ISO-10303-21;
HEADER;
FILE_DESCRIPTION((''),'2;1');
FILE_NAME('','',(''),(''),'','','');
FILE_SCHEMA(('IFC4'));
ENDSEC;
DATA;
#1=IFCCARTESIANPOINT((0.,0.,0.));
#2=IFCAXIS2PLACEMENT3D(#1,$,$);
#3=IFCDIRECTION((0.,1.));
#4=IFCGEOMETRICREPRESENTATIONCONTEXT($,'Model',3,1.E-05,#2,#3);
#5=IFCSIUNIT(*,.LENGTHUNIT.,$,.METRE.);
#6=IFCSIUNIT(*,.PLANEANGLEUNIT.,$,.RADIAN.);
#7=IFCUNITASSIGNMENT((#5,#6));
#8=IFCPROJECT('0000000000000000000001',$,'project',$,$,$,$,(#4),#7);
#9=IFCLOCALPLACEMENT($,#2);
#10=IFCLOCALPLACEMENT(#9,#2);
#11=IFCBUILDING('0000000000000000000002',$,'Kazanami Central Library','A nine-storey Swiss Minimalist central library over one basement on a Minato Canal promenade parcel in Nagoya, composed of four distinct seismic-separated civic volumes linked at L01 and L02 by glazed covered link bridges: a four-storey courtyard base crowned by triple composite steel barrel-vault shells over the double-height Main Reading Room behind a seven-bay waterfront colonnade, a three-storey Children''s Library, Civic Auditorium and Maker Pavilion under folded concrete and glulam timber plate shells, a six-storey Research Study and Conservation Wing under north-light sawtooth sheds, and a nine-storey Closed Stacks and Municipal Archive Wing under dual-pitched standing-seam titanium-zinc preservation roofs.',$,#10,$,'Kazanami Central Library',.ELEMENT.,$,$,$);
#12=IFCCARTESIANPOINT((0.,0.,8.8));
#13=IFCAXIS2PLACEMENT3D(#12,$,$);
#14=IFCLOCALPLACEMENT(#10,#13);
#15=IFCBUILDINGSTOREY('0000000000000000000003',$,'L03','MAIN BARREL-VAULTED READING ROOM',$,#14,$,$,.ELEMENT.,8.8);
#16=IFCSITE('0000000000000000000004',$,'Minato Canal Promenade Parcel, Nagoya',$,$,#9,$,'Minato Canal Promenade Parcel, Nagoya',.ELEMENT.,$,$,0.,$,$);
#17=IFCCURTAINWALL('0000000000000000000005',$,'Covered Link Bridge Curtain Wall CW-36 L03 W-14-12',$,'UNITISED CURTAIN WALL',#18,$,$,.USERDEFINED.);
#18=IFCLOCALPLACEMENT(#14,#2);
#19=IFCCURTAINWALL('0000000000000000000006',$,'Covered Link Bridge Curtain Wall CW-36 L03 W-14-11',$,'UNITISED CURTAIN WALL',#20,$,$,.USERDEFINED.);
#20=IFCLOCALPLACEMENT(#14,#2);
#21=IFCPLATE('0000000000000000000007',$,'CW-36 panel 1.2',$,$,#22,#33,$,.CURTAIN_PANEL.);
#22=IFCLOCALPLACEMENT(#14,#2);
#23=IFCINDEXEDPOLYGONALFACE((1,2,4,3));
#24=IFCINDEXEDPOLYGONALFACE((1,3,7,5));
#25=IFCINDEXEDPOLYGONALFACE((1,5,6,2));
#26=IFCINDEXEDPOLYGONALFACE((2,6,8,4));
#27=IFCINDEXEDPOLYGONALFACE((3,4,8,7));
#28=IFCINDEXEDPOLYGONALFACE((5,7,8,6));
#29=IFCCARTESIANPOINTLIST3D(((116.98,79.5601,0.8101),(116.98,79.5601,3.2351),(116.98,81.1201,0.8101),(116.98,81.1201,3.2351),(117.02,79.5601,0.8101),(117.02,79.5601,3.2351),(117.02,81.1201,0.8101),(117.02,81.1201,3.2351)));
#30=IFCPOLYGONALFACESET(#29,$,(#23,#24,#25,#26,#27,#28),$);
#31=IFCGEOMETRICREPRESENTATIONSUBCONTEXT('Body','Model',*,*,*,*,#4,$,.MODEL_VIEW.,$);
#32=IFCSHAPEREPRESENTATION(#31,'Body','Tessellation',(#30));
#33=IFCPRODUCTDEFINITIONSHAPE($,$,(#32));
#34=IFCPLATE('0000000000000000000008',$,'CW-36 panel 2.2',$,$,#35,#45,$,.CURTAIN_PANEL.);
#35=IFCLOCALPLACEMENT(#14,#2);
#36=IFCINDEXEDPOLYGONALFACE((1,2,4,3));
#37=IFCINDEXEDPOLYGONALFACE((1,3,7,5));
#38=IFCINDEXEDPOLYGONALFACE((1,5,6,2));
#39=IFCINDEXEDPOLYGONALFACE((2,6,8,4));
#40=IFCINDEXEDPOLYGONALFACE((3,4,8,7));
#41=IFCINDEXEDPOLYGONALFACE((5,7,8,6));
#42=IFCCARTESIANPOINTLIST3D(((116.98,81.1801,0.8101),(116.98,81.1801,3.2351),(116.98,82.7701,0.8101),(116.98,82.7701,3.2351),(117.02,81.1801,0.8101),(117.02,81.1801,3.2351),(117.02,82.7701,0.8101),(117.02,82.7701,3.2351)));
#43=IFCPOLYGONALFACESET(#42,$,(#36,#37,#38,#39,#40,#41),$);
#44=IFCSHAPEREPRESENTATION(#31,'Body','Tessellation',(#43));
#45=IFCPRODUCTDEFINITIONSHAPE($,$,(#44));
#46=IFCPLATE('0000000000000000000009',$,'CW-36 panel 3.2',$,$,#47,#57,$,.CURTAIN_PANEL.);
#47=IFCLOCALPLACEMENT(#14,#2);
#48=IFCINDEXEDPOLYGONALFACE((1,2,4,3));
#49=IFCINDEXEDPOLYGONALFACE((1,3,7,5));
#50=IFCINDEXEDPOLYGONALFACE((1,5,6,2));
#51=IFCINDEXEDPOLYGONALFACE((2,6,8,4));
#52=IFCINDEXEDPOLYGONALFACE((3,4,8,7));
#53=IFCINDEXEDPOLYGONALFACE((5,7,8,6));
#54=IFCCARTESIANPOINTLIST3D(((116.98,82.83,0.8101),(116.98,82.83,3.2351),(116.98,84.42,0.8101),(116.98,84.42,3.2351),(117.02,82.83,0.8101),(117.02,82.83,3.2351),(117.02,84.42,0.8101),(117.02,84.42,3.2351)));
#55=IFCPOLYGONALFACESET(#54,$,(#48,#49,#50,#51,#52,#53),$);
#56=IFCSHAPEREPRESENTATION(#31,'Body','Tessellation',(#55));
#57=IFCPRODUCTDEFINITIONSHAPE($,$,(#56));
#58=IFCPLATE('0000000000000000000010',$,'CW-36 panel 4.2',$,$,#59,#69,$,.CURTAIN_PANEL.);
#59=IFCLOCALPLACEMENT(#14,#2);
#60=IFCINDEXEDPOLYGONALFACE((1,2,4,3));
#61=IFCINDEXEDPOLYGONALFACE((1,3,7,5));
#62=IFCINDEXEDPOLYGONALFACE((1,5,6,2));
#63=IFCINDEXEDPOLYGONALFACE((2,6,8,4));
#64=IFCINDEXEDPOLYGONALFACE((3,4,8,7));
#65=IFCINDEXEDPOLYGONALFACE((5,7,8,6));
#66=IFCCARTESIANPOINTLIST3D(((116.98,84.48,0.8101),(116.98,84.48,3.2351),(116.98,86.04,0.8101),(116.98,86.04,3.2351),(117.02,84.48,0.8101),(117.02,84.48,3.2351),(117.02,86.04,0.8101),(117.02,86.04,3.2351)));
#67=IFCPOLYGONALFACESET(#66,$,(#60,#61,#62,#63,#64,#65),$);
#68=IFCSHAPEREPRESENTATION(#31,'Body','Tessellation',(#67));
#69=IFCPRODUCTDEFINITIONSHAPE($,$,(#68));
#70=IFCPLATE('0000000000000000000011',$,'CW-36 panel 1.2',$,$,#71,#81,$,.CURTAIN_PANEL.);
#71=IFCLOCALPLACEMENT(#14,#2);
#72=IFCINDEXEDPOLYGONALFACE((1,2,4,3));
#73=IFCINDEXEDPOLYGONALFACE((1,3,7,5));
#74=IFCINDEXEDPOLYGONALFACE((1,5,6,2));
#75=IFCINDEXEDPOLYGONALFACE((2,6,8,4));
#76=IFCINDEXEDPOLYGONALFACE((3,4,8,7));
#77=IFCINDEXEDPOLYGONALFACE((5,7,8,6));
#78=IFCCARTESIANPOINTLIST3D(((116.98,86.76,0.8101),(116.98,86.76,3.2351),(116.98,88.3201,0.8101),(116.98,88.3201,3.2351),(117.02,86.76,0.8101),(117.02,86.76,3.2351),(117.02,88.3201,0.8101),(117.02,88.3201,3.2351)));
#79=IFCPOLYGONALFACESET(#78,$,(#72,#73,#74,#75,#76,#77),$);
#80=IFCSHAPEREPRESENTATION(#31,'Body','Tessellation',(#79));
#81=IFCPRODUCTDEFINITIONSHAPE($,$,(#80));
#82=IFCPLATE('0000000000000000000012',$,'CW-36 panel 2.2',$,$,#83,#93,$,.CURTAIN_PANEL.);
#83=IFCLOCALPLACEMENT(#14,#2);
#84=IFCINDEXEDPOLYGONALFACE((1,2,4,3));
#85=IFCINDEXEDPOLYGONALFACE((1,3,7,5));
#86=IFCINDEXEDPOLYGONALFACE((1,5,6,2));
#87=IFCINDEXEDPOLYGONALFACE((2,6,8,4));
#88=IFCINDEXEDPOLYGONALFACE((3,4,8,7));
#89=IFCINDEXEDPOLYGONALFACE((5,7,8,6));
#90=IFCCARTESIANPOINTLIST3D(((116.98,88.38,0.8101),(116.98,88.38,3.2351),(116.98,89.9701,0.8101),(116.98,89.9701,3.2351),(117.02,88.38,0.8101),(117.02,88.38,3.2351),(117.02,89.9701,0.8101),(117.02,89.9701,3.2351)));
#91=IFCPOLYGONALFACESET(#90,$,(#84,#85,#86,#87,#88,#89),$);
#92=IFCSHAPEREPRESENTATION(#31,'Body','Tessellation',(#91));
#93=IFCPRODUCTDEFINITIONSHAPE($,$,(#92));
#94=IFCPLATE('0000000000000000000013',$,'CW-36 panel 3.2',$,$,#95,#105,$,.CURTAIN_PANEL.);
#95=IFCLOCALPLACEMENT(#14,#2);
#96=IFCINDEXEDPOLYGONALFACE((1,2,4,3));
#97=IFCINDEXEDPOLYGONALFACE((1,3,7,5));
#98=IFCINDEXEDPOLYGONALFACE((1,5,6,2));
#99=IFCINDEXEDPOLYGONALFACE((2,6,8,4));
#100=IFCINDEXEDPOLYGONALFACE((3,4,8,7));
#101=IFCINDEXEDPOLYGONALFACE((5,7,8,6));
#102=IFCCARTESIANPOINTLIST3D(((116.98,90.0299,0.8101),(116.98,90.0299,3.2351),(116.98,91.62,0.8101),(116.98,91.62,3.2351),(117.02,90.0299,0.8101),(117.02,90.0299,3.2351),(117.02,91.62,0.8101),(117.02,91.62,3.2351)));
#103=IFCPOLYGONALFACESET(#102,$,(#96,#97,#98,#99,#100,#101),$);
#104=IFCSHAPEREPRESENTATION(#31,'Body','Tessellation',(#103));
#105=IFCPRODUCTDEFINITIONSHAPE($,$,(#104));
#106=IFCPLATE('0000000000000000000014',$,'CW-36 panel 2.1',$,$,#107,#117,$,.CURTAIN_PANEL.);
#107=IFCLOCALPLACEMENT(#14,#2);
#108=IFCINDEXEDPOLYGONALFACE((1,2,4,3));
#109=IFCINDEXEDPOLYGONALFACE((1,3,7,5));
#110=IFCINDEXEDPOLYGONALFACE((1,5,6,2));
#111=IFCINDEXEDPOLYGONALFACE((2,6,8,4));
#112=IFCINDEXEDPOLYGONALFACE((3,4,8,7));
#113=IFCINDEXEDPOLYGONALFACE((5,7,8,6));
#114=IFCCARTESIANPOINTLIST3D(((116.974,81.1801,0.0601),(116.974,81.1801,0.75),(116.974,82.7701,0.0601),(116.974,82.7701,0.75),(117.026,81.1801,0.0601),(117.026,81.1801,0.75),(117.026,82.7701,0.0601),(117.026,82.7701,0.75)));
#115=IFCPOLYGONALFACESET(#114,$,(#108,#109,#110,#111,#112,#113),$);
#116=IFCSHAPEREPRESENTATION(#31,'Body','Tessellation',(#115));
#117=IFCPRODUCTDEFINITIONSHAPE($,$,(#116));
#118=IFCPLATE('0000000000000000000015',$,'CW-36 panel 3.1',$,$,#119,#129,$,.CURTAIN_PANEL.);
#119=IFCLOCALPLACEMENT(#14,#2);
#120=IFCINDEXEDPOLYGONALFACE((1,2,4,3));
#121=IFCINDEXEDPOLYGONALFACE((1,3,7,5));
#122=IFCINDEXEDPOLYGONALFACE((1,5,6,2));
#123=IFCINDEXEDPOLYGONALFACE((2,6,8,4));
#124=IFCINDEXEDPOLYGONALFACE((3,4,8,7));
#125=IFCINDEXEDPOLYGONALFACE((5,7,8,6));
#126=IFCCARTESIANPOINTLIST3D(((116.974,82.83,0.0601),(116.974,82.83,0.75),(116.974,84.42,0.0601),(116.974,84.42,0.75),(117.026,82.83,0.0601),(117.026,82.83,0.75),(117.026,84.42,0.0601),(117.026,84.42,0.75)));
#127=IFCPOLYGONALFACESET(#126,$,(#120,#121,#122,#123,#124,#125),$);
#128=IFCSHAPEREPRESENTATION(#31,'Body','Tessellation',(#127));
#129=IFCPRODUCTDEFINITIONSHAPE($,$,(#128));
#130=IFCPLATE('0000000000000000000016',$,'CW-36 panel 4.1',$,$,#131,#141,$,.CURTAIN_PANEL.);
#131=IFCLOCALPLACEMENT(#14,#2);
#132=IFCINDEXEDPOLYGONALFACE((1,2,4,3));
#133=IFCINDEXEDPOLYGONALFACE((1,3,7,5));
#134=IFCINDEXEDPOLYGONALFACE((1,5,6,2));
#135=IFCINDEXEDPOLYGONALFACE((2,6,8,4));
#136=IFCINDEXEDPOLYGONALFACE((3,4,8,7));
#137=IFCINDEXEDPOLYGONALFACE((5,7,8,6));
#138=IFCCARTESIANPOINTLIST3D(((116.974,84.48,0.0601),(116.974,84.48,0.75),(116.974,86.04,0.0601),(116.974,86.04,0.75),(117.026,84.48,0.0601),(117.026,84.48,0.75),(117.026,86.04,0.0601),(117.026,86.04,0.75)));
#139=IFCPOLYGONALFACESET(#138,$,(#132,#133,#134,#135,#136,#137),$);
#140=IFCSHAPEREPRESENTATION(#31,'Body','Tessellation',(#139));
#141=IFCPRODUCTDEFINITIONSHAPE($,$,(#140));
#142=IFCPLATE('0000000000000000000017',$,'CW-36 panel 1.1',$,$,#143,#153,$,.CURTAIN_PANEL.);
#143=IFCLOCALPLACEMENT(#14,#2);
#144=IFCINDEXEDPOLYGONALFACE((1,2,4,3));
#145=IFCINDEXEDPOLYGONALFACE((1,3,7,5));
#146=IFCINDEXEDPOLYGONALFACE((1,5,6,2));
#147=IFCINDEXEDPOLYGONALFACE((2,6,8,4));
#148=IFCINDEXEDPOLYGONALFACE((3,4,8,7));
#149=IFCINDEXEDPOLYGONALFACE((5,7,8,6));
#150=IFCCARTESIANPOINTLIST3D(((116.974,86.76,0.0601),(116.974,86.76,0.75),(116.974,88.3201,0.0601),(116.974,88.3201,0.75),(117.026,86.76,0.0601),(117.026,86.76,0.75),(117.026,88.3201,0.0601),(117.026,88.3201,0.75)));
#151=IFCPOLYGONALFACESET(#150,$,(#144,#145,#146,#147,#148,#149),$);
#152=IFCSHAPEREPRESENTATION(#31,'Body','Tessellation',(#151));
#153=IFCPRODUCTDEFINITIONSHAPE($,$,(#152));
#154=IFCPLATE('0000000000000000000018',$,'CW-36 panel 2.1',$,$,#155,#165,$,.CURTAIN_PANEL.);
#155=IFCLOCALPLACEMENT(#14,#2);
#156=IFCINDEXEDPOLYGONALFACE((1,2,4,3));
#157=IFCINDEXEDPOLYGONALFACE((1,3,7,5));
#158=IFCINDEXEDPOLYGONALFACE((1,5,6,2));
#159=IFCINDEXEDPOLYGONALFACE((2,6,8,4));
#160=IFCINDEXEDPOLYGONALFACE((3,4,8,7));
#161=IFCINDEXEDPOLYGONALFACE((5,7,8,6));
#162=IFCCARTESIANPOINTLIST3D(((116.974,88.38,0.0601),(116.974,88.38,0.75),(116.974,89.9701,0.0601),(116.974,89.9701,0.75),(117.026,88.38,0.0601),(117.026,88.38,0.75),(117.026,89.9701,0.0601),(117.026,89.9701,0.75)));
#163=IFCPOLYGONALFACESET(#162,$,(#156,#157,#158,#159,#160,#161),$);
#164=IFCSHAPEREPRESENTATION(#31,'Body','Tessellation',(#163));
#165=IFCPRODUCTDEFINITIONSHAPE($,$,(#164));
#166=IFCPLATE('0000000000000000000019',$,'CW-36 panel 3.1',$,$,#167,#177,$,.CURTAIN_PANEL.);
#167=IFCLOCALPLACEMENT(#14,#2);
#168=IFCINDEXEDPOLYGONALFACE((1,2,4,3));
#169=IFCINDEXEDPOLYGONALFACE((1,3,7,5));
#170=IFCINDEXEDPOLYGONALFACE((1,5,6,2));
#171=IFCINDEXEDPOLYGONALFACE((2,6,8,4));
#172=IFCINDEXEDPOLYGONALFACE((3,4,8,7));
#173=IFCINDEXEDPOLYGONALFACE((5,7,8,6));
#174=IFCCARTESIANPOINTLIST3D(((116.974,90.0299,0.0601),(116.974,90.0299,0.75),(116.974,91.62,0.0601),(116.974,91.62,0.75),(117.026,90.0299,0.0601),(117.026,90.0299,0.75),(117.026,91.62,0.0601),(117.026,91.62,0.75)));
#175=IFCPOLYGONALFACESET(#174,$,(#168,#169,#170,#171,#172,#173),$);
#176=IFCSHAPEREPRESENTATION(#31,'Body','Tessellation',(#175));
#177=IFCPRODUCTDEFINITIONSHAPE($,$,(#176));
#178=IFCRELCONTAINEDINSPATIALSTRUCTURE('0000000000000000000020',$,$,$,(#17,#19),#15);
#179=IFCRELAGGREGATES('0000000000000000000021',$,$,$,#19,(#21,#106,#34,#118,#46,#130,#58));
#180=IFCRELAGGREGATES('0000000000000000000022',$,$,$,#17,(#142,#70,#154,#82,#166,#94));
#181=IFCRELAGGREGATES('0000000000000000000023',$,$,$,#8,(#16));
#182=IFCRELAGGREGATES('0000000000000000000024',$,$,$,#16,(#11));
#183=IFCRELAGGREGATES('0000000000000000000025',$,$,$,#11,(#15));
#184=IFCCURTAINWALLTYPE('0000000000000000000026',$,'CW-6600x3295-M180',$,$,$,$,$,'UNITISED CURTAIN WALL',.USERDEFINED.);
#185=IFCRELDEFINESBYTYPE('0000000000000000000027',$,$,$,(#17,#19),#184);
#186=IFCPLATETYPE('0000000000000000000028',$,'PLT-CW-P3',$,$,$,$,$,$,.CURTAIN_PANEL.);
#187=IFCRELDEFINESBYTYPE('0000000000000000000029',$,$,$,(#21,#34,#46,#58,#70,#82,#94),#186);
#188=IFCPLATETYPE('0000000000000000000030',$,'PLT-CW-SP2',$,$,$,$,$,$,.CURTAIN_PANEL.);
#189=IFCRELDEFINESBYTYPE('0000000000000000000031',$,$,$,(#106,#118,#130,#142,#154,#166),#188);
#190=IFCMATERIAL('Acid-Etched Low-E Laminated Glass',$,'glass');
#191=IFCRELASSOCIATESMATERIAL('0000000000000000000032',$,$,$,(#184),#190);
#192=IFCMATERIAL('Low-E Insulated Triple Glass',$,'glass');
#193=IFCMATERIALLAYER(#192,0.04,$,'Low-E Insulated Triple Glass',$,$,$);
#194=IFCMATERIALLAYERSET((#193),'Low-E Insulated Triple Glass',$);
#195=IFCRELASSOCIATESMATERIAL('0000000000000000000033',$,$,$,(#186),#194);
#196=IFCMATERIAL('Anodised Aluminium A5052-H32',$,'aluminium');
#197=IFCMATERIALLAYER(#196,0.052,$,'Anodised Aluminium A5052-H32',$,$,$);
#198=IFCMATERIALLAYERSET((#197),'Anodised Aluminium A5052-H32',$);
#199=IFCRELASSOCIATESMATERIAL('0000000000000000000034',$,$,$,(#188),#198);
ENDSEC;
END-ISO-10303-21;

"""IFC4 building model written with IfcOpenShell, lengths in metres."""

from ifc_helpers import new_model, si_unit, direction, frame, origin, origin_2d, place, context, subcontext, project, spatial, rectangle, extrude, material, layer, layer_set, type_object, element, aggregate, save


model = new_model("IFC4")

# Units and contexts
model_context = context("Model", 3, precision=1e-05, world=origin(), true_north=direction((0.0, 1.0)))
body_context = subcontext(model_context, "Body", "Model", "MODEL_VIEW")
ifc_project = project(units=[si_unit("LENGTHUNIT", "METRE"), si_unit("PLANEANGLEUNIT", "RADIAN")], contexts=[model_context])

# Site, building, storey
site_placement = place(None, origin())
site = spatial("IfcSite", under=ifc_project, at=site_placement, Name="Minato Canal Promenade Parcel, Nagoya", LongName="Minato Canal Promenade Parcel, Nagoya", CompositionType="ELEMENT", RefElevation=0.0)
building_placement = place(site_placement, origin())
building = spatial("IfcBuilding", under=site, at=building_placement, Name="Kazanami Central Library", Description="A nine-storey Swiss Minimalist central library over one basement on a Minato Canal promenade parcel in Nagoya, composed of four distinct seismic-separated civic volumes linked at L01 and L02 by glazed covered link bridges: a four-storey courtyard base crowned by triple composite steel barrel-vault shells over the double-height Main Reading Room behind a seven-bay waterfront colonnade, a three-storey Children's Library, Civic Auditorium and Maker Pavilion under folded concrete and glulam timber plate shells, a six-storey Research Study and Conservation Wing under north-light sawtooth sheds, and a nine-storey Closed Stacks and Municipal Archive Wing under dual-pitched standing-seam titanium-zinc preservation roofs.", LongName="Kazanami Central Library", CompositionType="ELEMENT")
storey_placement = place(building_placement, frame((0.0, 0.0, 8.8)))
storey = spatial("IfcBuildingStorey", under=building, at=storey_placement, Name="L03", Description="MAIN BARREL-VAULTED READING ROOM", CompositionType="ELEMENT", Elevation=8.8)

# Curtain walls
ifc_material_1 = material(Name="Acid-Etched Low-E Laminated Glass", Category="glass")
curtain_wall_type = type_object("IfcCurtainWallType", Name="CW-6600x3295-M180", ElementType="UNITISED CURTAIN WALL", PredefinedType="USERDEFINED", material=ifc_material_1)
curtain_wall_1_placement = place(storey_placement, origin())
curtain_wall_1 = element("IfcCurtainWall", 1, at=curtain_wall_1_placement, inside=storey, type_object=curtain_wall_type, Name="Covered Link Bridge Curtain Wall CW-36 L03 W-14-12", ObjectType="UNITISED CURTAIN WALL", PredefinedType="USERDEFINED")
curtain_wall_2_placement = place(storey_placement, origin())
curtain_wall_2 = element("IfcCurtainWall", 2, at=curtain_wall_2_placement, inside=storey, type_object=curtain_wall_type, Name="Covered Link Bridge Curtain Wall CW-36 L03 W-14-11", ObjectType="UNITISED CURTAIN WALL", PredefinedType="USERDEFINED")

# Plates
ifc_material_2 = material(Name="Low-E Insulated Triple Glass", Category="glass")
ifc_layer_1 = layer(ifc_material_2, 0.04, Name="Low-E Insulated Triple Glass")
ifc_layer_set_1 = layer_set([ifc_layer_1], Name="Low-E Insulated Triple Glass")
plate_type_1 = type_object("IfcPlateType", Name="PLT-CW-P3", PredefinedType="CURTAIN_PANEL", material=ifc_layer_set_1)
plate_1_placement = place(storey_placement, frame((117.0, 80.3401, 0.8101), z_axis=(0.0, 0.0, 1.0), x_axis=(0.0, 1.0, 0.0)))
plate_1 = element("IfcPlate", 3, at=plate_1_placement, type_object=plate_type_1, Name="CW-36 panel 1.2", PredefinedType="CURTAIN_PANEL", context=body_context, shape_type="SweptSolid", body=[
    extrude(rectangle(XDim=1.5601, YDim=0.04, at=origin_2d()), origin(), (0.0, 0.0, 1.0), 2.425),
])
plate_2_placement = place(storey_placement, frame((117.0, 81.9751, 0.8101), z_axis=(0.0, 0.0, 1.0), x_axis=(0.0, 1.0, 0.0)))
plate_2 = element("IfcPlate", 4, at=plate_2_placement, type_object=plate_type_1, Name="CW-36 panel 2.2", PredefinedType="CURTAIN_PANEL", context=body_context, shape_type="SweptSolid", body=[
    extrude(rectangle(XDim=1.5901, YDim=0.04, at=origin_2d()), origin(), (0.0, 0.0, 1.0), 2.425),
])
plate_3_placement = place(storey_placement, frame((117.0, 83.625, 0.8101), z_axis=(0.0, 0.0, 1.0), x_axis=(0.0, 1.0, 0.0)))
plate_3 = element("IfcPlate", 5, at=plate_3_placement, type_object=plate_type_1, Name="CW-36 panel 3.2", PredefinedType="CURTAIN_PANEL", context=body_context, shape_type="SweptSolid", body=[
    extrude(rectangle(XDim=1.5901, YDim=0.04, at=origin_2d()), origin(), (0.0, 0.0, 1.0), 2.425),
])
plate_4_placement = place(storey_placement, frame((117.0, 85.26, 0.8101), z_axis=(0.0, 0.0, 1.0), x_axis=(0.0, 1.0, 0.0)))
plate_4 = element("IfcPlate", 6, at=plate_4_placement, type_object=plate_type_1, Name="CW-36 panel 4.2", PredefinedType="CURTAIN_PANEL", context=body_context, shape_type="SweptSolid", body=[
    extrude(rectangle(XDim=1.5601, YDim=0.04, at=origin_2d()), origin(), (0.0, 0.0, 1.0), 2.425),
])
plate_5_placement = place(storey_placement, frame((117.0, 87.54, 0.8101), z_axis=(0.0, 0.0, 1.0), x_axis=(0.0, 1.0, 0.0)))
plate_5 = element("IfcPlate", 7, at=plate_5_placement, type_object=plate_type_1, Name="CW-36 panel 1.2", PredefinedType="CURTAIN_PANEL", context=body_context, shape_type="SweptSolid", body=[
    extrude(rectangle(XDim=1.5601, YDim=0.04, at=origin_2d()), origin(), (0.0, 0.0, 1.0), 2.425),
])
plate_6_placement = place(storey_placement, frame((117.0, 89.175, 0.8101), z_axis=(0.0, 0.0, 1.0), x_axis=(0.0, 1.0, 0.0)))
plate_6 = element("IfcPlate", 8, at=plate_6_placement, type_object=plate_type_1, Name="CW-36 panel 2.2", PredefinedType="CURTAIN_PANEL", context=body_context, shape_type="SweptSolid", body=[
    extrude(rectangle(XDim=1.5901, YDim=0.04, at=origin_2d()), origin(), (0.0, 0.0, 1.0), 2.425),
])
plate_7_placement = place(storey_placement, frame((117.0, 90.825, 0.8101), z_axis=(0.0, 0.0, 1.0), x_axis=(0.0, 1.0, 0.0)))
plate_7 = element("IfcPlate", 9, at=plate_7_placement, type_object=plate_type_1, Name="CW-36 panel 3.2", PredefinedType="CURTAIN_PANEL", context=body_context, shape_type="SweptSolid", body=[
    extrude(rectangle(XDim=1.5901, YDim=0.04, at=origin_2d()), origin(), (0.0, 0.0, 1.0), 2.425),
])
ifc_material_3 = material(Name="Anodised Aluminium A5052-H32", Category="aluminium")
ifc_layer_2 = layer(ifc_material_3, 0.052, Name="Anodised Aluminium A5052-H32")
ifc_layer_set_2 = layer_set([ifc_layer_2], Name="Anodised Aluminium A5052-H32")
plate_type_2 = type_object("IfcPlateType", Name="PLT-CW-SP2", PredefinedType="CURTAIN_PANEL", material=ifc_layer_set_2)
plate_8_placement = place(storey_placement, frame((117.0, 81.9751, 0.0601), z_axis=(0.0, 0.0, 1.0), x_axis=(0.0, 1.0, 0.0)))
plate_8 = element("IfcPlate", 10, at=plate_8_placement, type_object=plate_type_2, Name="CW-36 panel 2.1", PredefinedType="CURTAIN_PANEL", context=body_context, shape_type="SweptSolid", body=[
    extrude(rectangle(XDim=1.5901, YDim=0.052, at=origin_2d()), origin(), (0.0, 0.0, 1.0), 0.6899),
])
plate_9_placement = place(storey_placement, frame((117.0, 83.625, 0.0601), z_axis=(0.0, 0.0, 1.0), x_axis=(0.0, 1.0, 0.0)))
plate_9 = element("IfcPlate", 11, at=plate_9_placement, type_object=plate_type_2, Name="CW-36 panel 3.1", PredefinedType="CURTAIN_PANEL", context=body_context, shape_type="SweptSolid", body=[
    extrude(rectangle(XDim=1.5901, YDim=0.052, at=origin_2d()), origin(), (0.0, 0.0, 1.0), 0.6899),
])
plate_10_placement = place(storey_placement, frame((117.0, 85.26, 0.0601), z_axis=(0.0, 0.0, 1.0), x_axis=(0.0, 1.0, 0.0)))
plate_10 = element("IfcPlate", 12, at=plate_10_placement, type_object=plate_type_2, Name="CW-36 panel 4.1", PredefinedType="CURTAIN_PANEL", context=body_context, shape_type="SweptSolid", body=[
    extrude(rectangle(XDim=1.5601, YDim=0.052, at=origin_2d()), origin(), (0.0, 0.0, 1.0), 0.6899),
])
aggregate(curtain_wall_2, [plate_1, plate_8, plate_2, plate_9, plate_3, plate_10, plate_4])
plate_11_placement = place(storey_placement, frame((117.0, 87.54, 0.0601), z_axis=(0.0, 0.0, 1.0), x_axis=(0.0, 1.0, 0.0)))
plate_11 = element("IfcPlate", 13, at=plate_11_placement, type_object=plate_type_2, Name="CW-36 panel 1.1", PredefinedType="CURTAIN_PANEL", context=body_context, shape_type="SweptSolid", body=[
    extrude(rectangle(XDim=1.5601, YDim=0.052, at=origin_2d()), origin(), (0.0, 0.0, 1.0), 0.6899),
])
plate_12_placement = place(storey_placement, frame((117.0, 89.175, 0.0601), z_axis=(0.0, 0.0, 1.0), x_axis=(0.0, 1.0, 0.0)))
plate_12 = element("IfcPlate", 14, at=plate_12_placement, type_object=plate_type_2, Name="CW-36 panel 2.1", PredefinedType="CURTAIN_PANEL", context=body_context, shape_type="SweptSolid", body=[
    extrude(rectangle(XDim=1.5901, YDim=0.052, at=origin_2d()), origin(), (0.0, 0.0, 1.0), 0.6899),
])
plate_13_placement = place(storey_placement, frame((117.0, 90.825, 0.0601), z_axis=(0.0, 0.0, 1.0), x_axis=(0.0, 1.0, 0.0)))
plate_13 = element("IfcPlate", 15, at=plate_13_placement, type_object=plate_type_2, Name="CW-36 panel 3.1", PredefinedType="CURTAIN_PANEL", context=body_context, shape_type="SweptSolid", body=[
    extrude(rectangle(XDim=1.5901, YDim=0.052, at=origin_2d()), origin(), (0.0, 0.0, 1.0), 0.6899),
])
aggregate(curtain_wall_1, [plate_11, plate_5, plate_12, plate_6, plate_13, plate_7])

save(model, "model.ifc")
